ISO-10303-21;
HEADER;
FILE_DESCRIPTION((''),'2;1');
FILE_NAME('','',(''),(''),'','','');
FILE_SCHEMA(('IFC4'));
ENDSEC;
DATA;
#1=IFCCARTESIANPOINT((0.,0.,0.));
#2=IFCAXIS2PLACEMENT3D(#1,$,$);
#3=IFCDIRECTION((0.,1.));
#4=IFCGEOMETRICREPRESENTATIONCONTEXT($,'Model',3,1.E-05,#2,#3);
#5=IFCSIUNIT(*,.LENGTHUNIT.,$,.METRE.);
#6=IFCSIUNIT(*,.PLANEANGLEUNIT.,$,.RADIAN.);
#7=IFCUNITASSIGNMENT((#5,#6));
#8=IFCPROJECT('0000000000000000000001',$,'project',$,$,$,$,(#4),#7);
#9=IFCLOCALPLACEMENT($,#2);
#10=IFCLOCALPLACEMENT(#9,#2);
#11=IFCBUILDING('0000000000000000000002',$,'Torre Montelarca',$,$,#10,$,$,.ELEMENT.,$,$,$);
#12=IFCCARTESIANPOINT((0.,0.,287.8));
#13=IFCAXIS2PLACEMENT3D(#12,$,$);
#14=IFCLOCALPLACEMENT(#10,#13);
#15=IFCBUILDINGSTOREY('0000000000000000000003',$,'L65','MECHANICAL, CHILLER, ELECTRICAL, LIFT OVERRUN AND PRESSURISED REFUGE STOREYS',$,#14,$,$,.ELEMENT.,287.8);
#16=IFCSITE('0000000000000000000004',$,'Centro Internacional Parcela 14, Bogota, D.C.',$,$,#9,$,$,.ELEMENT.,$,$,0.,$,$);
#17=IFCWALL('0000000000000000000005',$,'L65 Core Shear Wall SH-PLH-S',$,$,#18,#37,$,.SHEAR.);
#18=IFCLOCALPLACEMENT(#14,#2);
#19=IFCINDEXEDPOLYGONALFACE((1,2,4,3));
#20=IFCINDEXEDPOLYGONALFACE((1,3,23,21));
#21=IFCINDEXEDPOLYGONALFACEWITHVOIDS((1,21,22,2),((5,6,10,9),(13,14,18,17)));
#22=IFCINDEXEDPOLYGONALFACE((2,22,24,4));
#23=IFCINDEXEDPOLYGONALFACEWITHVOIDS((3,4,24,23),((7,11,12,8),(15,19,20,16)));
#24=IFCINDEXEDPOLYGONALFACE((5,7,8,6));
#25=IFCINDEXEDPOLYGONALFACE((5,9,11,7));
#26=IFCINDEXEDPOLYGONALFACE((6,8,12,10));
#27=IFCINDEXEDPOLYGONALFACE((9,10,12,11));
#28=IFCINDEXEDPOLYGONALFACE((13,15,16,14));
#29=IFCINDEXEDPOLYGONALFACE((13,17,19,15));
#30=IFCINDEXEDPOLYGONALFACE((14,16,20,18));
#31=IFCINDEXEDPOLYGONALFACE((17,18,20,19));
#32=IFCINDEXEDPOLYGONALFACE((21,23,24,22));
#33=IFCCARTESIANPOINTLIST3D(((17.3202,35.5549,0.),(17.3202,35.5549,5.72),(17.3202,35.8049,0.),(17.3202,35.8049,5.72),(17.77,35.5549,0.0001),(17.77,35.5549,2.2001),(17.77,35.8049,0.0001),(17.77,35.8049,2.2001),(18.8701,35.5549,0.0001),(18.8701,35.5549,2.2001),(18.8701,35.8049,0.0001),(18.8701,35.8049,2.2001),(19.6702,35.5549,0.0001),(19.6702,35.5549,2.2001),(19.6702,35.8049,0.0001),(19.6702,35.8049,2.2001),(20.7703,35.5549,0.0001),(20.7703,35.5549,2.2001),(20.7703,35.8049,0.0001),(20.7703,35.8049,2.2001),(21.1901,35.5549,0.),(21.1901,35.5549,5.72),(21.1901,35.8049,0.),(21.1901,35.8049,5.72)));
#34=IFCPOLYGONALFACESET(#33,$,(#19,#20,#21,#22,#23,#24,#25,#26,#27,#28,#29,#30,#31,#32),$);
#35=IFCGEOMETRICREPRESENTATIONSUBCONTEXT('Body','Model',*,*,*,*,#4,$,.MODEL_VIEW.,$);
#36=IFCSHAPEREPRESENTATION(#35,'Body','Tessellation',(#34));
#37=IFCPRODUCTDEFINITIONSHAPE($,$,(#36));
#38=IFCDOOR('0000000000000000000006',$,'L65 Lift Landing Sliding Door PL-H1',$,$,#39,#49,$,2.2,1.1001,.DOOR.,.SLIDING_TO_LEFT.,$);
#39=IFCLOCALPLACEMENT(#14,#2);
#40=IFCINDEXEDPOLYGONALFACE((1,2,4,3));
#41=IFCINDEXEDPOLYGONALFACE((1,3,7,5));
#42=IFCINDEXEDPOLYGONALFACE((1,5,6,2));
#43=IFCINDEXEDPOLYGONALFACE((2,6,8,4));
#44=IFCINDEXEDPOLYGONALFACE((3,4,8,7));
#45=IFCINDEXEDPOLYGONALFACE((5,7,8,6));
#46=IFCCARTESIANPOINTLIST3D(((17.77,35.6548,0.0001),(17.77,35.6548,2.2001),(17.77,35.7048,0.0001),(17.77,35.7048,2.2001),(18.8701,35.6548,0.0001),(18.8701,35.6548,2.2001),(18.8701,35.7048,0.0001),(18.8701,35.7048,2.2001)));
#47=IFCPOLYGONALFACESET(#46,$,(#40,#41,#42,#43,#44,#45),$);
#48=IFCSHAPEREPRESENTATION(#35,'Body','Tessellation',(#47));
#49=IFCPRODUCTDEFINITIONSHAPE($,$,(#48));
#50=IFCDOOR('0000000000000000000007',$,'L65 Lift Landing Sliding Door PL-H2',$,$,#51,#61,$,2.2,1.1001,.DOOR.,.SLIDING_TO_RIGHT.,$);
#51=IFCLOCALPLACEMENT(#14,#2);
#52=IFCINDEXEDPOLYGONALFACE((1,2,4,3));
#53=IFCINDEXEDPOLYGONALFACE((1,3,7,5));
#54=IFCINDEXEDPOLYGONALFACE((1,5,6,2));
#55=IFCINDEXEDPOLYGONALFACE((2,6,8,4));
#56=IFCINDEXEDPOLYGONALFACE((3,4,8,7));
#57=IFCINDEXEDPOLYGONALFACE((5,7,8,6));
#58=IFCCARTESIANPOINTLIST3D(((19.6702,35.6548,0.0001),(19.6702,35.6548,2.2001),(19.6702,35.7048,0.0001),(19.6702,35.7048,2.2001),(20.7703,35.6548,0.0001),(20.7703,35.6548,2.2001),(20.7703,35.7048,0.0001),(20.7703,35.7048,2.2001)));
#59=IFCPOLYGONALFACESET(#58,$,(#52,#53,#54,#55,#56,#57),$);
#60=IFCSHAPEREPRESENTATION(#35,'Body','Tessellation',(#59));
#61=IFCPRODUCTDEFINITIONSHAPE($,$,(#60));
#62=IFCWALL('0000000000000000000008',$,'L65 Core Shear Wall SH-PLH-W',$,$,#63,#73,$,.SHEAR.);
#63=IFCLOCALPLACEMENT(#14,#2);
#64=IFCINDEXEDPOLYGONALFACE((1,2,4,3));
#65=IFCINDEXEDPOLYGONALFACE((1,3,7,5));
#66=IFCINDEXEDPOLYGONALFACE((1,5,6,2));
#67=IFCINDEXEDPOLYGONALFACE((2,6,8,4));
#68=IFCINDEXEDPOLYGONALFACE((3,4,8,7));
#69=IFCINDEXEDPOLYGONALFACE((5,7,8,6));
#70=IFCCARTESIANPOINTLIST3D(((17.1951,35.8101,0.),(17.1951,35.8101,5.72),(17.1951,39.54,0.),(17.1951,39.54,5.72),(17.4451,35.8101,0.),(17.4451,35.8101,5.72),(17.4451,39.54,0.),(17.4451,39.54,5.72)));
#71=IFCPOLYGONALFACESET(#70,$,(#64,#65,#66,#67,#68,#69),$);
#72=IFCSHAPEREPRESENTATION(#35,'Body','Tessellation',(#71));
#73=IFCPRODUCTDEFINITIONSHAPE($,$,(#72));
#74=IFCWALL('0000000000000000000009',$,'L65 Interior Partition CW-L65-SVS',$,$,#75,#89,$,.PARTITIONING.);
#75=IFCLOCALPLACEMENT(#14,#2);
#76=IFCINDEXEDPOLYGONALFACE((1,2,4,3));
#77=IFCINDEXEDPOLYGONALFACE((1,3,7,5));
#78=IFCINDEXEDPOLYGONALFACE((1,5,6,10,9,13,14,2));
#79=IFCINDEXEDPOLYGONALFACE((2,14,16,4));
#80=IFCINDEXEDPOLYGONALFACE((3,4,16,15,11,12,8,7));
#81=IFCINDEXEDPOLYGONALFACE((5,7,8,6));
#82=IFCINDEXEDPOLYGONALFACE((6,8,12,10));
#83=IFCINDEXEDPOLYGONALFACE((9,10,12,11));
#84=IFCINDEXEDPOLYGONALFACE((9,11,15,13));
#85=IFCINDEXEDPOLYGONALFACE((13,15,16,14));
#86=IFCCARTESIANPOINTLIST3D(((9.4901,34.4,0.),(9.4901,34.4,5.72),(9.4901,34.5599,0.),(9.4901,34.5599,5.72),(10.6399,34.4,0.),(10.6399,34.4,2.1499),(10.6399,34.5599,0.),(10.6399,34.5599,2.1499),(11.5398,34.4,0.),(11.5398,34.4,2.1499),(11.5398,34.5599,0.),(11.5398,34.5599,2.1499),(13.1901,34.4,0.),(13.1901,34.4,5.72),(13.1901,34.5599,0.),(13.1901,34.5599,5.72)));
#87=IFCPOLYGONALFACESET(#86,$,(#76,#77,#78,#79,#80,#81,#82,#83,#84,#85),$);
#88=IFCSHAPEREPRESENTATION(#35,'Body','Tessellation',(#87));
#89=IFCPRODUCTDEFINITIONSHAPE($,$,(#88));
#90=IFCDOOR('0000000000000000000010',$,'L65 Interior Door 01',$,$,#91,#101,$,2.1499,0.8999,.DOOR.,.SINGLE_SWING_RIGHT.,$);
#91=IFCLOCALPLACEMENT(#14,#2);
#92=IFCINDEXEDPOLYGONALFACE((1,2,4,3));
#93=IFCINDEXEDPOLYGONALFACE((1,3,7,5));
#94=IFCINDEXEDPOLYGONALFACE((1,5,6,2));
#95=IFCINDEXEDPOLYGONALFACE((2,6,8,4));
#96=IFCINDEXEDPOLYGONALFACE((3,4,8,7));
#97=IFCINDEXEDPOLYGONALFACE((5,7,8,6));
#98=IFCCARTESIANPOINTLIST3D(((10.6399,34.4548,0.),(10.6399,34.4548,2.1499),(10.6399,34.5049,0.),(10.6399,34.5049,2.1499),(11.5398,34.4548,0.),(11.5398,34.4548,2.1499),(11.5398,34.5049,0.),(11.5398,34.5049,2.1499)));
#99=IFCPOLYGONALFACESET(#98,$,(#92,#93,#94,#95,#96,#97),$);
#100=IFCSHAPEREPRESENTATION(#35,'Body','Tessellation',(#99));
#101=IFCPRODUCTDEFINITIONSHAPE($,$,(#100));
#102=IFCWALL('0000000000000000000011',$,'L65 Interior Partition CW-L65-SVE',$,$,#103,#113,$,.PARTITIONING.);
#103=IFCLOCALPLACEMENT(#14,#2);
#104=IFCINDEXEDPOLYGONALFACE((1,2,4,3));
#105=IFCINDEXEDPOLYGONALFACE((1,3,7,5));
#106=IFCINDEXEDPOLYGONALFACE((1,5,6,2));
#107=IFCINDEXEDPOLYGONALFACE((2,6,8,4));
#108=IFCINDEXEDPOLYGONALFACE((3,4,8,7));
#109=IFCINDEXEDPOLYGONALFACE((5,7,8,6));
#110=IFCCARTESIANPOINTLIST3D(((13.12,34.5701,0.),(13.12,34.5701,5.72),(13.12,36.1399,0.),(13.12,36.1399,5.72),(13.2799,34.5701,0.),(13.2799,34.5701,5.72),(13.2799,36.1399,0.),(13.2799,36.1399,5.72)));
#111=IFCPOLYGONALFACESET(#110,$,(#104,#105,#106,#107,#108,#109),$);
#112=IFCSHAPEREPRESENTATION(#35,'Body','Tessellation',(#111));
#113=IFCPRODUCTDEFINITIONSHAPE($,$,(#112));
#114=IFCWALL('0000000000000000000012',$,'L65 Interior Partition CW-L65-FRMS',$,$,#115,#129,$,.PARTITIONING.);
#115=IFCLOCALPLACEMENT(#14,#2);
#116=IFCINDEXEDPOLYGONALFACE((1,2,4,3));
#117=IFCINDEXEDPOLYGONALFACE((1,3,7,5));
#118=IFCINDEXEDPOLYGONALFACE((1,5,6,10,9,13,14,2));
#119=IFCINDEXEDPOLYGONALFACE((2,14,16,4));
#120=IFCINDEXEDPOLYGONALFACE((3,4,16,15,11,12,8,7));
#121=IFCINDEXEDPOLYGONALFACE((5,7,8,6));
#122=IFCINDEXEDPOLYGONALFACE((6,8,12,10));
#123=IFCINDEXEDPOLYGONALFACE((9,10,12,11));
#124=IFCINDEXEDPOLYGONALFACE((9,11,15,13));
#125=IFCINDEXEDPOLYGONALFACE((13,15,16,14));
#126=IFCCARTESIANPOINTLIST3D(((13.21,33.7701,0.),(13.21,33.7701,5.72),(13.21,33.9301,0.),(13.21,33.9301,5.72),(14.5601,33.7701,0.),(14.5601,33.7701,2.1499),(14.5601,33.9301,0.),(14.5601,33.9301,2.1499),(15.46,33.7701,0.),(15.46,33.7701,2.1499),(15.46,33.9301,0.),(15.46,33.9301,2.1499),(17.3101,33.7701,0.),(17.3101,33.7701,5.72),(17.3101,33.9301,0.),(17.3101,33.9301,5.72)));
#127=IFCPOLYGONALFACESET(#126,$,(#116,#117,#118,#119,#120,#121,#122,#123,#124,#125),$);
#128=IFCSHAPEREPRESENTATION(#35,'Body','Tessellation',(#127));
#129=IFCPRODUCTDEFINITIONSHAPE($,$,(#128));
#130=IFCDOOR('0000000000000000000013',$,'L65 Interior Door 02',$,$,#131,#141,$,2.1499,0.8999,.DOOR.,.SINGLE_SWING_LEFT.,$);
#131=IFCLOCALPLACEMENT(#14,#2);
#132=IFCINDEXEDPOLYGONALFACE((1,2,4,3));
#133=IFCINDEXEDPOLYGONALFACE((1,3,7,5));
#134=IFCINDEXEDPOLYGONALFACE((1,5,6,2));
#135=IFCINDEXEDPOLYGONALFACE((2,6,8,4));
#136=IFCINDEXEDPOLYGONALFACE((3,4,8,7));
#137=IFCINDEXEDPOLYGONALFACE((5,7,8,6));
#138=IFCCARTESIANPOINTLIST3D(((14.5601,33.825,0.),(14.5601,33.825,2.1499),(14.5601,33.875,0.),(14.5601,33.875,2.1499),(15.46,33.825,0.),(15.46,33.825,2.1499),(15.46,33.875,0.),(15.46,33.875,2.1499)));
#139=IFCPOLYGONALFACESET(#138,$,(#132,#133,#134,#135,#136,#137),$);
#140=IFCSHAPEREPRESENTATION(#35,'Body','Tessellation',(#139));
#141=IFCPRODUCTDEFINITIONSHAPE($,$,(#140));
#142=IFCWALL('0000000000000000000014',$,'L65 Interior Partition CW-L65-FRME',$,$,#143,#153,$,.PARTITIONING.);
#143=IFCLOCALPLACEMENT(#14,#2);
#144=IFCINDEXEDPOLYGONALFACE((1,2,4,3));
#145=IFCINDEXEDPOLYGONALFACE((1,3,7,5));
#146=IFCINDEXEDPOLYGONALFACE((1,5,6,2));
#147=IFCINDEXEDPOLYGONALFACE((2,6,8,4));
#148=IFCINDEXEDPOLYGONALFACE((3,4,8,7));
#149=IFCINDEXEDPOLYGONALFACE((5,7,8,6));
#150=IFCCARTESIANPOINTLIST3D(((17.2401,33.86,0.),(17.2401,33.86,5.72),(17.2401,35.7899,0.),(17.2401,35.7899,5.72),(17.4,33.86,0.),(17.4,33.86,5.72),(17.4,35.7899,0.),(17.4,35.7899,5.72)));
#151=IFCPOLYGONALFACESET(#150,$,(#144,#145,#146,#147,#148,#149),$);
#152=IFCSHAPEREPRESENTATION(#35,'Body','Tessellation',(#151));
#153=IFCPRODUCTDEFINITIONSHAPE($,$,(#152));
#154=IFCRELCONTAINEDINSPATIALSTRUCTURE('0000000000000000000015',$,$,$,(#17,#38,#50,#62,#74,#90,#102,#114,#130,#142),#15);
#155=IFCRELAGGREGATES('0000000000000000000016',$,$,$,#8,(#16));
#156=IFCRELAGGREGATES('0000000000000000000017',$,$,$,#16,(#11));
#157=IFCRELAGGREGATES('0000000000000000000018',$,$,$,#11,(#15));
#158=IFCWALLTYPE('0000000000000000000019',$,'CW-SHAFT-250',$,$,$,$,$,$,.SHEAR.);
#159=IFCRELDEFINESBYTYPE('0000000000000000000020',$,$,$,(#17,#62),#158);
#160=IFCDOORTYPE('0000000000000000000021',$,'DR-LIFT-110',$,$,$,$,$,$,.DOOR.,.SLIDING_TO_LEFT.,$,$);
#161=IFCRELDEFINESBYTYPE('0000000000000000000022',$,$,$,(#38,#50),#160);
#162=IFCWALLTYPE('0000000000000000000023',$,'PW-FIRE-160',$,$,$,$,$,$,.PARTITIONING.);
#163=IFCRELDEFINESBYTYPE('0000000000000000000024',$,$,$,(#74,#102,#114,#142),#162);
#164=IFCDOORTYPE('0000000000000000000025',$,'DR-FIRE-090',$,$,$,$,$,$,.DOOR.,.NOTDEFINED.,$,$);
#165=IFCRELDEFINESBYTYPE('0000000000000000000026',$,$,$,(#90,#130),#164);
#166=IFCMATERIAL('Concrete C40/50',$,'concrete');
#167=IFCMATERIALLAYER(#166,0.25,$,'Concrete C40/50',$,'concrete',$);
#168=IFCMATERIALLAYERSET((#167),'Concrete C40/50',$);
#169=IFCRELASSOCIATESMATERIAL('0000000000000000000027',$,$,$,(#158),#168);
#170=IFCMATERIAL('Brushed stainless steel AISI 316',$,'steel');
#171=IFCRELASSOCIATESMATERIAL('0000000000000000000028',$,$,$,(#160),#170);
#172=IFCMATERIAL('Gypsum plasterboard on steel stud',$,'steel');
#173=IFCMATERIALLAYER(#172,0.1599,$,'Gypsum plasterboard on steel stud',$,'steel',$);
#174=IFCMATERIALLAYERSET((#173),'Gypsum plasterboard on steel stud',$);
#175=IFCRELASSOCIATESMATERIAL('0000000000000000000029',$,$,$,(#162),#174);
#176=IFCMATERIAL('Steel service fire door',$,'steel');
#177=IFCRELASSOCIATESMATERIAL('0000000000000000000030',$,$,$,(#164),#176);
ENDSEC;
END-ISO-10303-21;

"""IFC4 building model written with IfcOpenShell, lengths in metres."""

from ifc_helpers import new_model, si_unit, direction, frame, frame_2d, origin, place, context, subcontext, project, spatial, rectangle, extrude, source, transform, mapped, material, layer, layer_set, type_object, element, fill, save


model = new_model("IFC4")

# Units and contexts
model_context = context("Model", 3, precision=1e-05, world=origin(), true_north=direction((0.0, 1.0)))
body_context = subcontext(model_context, "Body", "Model", "MODEL_VIEW")
ifc_project = project(units=[si_unit("LENGTHUNIT", "METRE"), si_unit("PLANEANGLEUNIT", "RADIAN")], contexts=[model_context])

# Site, building, storey
site_placement = place(None, origin())
site = spatial("IfcSite", under=ifc_project, at=site_placement, Name="Centro Internacional Parcela 14, Bogota, D.C.", CompositionType="ELEMENT", RefElevation=0.0)
building_placement = place(site_placement, origin())
building = spatial("IfcBuilding", under=site, at=building_placement, Name="Torre Montelarca", CompositionType="ELEMENT")
storey_placement = place(building_placement, frame((0.0, 0.0, 287.8)))
storey = spatial("IfcBuildingStorey", under=building, at=storey_placement, Name="L65", Description="MECHANICAL, CHILLER, ELECTRICAL, LIFT OVERRUN AND PRESSURISED REFUGE STOREYS", CompositionType="ELEMENT", Elevation=287.8)

# Shared definitions
ifc_material_1 = material(Name="Concrete C40/50", Category="concrete")
ifc_layer_1 = layer(ifc_material_1, 0.25, Name="Concrete C40/50", Category="concrete")
ifc_layer_set_1 = layer_set([ifc_layer_1], Name="Concrete C40/50")
wall_type_1 = type_object("IfcWallType", Name="CW-SHAFT-250", PredefinedType="SHEAR", material=ifc_layer_set_1)

# Wall, openings, doors
ifc_material_2 = material(Name="Brushed stainless steel AISI 316", Category="steel")
wall_1_placement = place(storey_placement, frame((17.3201, 35.6799, 0.0), z_axis=(0.0, 0.0, 1.0), x_axis=(1.0, 0.0, 0.0)))
wall_1 = element("IfcWall", 1, at=wall_1_placement, inside=storey, type_object=wall_type_1, Name="L65 Core Shear Wall SH-PLH-S", PredefinedType="SHEAR", context=body_context, shape_type="SweptSolid", body=[
    extrude(rectangle(XDim=3.8699, YDim=0.25, at=frame_2d((1.9351, 0.0))), origin(), (0.0, 0.0, 1.0), 5.72),
])
opening_1_placement = place(wall_1_placement, frame((0.45, 0.0, 0.0)))
opening_1 = element("IfcOpeningElement", 2, at=opening_1_placement, cuts=wall_1, PredefinedType="OPENING", context=body_context, shape_type="SweptSolid", body=[
    extrude(rectangle(XDim=1.1001, YDim=2.2, at=frame_2d((0.55, 1.1001))), frame((0.0, 0.135, 0.0), z_axis=(0.0, -1.0, 0.0), x_axis=(1.0, 0.0, 0.0)), (0.0, 0.0, 1.0), 0.27),
])
opening_2_placement = place(wall_1_placement, frame((2.3501, 0.0, 0.0)))
opening_2 = element("IfcOpeningElement", 3, at=opening_2_placement, cuts=wall_1, PredefinedType="OPENING", context=body_context, shape_type="SweptSolid", body=[
    extrude(rectangle(XDim=1.1001, YDim=2.2, at=frame_2d((0.55, 1.1001))), frame((0.0, 0.135, 0.0), z_axis=(0.0, -1.0, 0.0), x_axis=(1.0, 0.0, 0.0)), (0.0, 0.0, 1.0), 0.27),
])
door_type_1 = type_object("IfcDoorType", Name="DR-LIFT-110", OperationType="SLIDING_TO_LEFT", PredefinedType="DOOR", material=ifc_material_2)
shared_shape_1 = source(origin(), body_context, "Body", "SweptSolid", [
    extrude(rectangle(XDim=1.1001, YDim=2.2, at=frame_2d((0.55, 1.1001))), frame((0.0, 0.0249, 0.0), z_axis=(0.0, -1.0, 0.0), x_axis=(1.0, 0.0, 0.0)), (0.0, 0.0, 1.0), 0.05),
])
door_1_placement = place(opening_1_placement, origin())
door_1 = element("IfcDoor", 4, at=door_1_placement, inside=storey, type_object=door_type_1, Name="L65 Lift Landing Sliding Door PL-H1", OperationType="SLIDING_TO_LEFT", OverallHeight=2.2, OverallWidth=1.1001, PredefinedType="DOOR", context=body_context, shape_type="MappedRepresentation", body=[
    mapped(shared_shape_1, transform((0.0, 0.0, 0.0), scale=1.0)),
])
fill(opening_1, door_1)
door_2_placement = place(opening_2_placement, origin())
door_2 = element("IfcDoor", 5, at=door_2_placement, inside=storey, type_object=door_type_1, Name="L65 Lift Landing Sliding Door PL-H2", OperationType="SLIDING_TO_RIGHT", OverallHeight=2.2, OverallWidth=1.1001, PredefinedType="DOOR", context=body_context, shape_type="MappedRepresentation", body=[
    mapped(shared_shape_1, transform((0.0, 0.0, 0.0), scale=1.0)),
])
fill(opening_2, door_2)

# Wall
wall_2_placement = place(storey_placement, frame((17.3201, 35.8101, 0.0), z_axis=(0.0, 0.0, 1.0), x_axis=(0.0, 1.0, 0.0)))
element("IfcWall", 6, at=wall_2_placement, inside=storey, type_object=wall_type_1, Name="L65 Core Shear Wall SH-PLH-W", PredefinedType="SHEAR", context=body_context, shape_type="SweptSolid", body=[
    extrude(rectangle(XDim=3.73, YDim=0.25, at=frame_2d((1.865, 0.0))), origin(), (0.0, 0.0, 1.0), 5.72),
])

# Wall, opening, door
ifc_material_3 = material(Name="Gypsum plasterboard on steel stud", Category="steel")
ifc_layer_2 = layer(ifc_material_3, 0.1599, Name="Gypsum plasterboard on steel stud", Category="steel")
ifc_layer_set_2 = layer_set([ifc_layer_2], Name="Gypsum plasterboard on steel stud")
wall_type_2 = type_object("IfcWallType", Name="PW-FIRE-160", PredefinedType="PARTITIONING", material=ifc_layer_set_2)
wall_3_placement = place(storey_placement, frame((9.49, 34.48, 0.0), z_axis=(0.0, 0.0, 1.0), x_axis=(1.0, 0.0, 0.0)))
wall_3 = element("IfcWall", 7, at=wall_3_placement, inside=storey, type_object=wall_type_2, Name="L65 Interior Partition CW-L65-SVS", PredefinedType="PARTITIONING", context=body_context, shape_type="SweptSolid", body=[
    extrude(rectangle(XDim=3.7, YDim=0.1599, at=frame_2d((1.8501, 0.0))), origin(), (0.0, 0.0, 1.0), 5.72),
])
opening_3_placement = place(wall_3_placement, frame((1.1499, 0.0, 0.0)))
opening_3 = element("IfcOpeningElement", 8, at=opening_3_placement, cuts=wall_3, PredefinedType="OPENING", context=body_context, shape_type="SweptSolid", body=[
    extrude(rectangle(XDim=0.8999, YDim=2.1499, at=frame_2d((0.45, 1.075))), frame((0.0, 0.0898, 0.0), z_axis=(0.0, -1.0, 0.0), x_axis=(1.0, 0.0, 0.0)), (0.0, 0.0, 1.0), 0.1799),
])
ifc_material_4 = material(Name="Steel service fire door", Category="steel")
door_type_2 = type_object("IfcDoorType", Name="DR-FIRE-090", OperationType="NOTDEFINED", PredefinedType="DOOR", material=ifc_material_4)
shared_shape_2 = source(origin(), body_context, "Body", "SweptSolid", [
    extrude(rectangle(XDim=0.8999, YDim=2.1499, at=frame_2d((0.45, 1.075))), frame((0.0, 0.0249, 0.0), z_axis=(0.0, -1.0, 0.0), x_axis=(1.0, 0.0, 0.0)), (0.0, 0.0, 1.0), 0.05),
])
door_3_placement = place(opening_3_placement, origin())
door_3 = element("IfcDoor", 9, at=door_3_placement, inside=storey, type_object=door_type_2, Name="L65 Interior Door 01", OperationType="SINGLE_SWING_RIGHT", OverallHeight=2.1499, OverallWidth=0.8999, PredefinedType="DOOR", context=body_context, shape_type="MappedRepresentation", body=[
    mapped(shared_shape_2, transform((0.0, 0.0, 0.0), scale=1.0)),
])
fill(opening_3, door_3)

# Wall
wall_4_placement = place(storey_placement, frame((13.2, 34.5701, 0.0), z_axis=(0.0, 0.0, 1.0), x_axis=(0.0, 1.0, 0.0)))
element("IfcWall", 10, at=wall_4_placement, inside=storey, type_object=wall_type_2, Name="L65 Interior Partition CW-L65-SVE", PredefinedType="PARTITIONING", context=body_context, shape_type="SweptSolid", body=[
    extrude(rectangle(XDim=1.5698, YDim=0.1599, at=frame_2d((0.7849, 0.0))), origin(), (0.0, 0.0, 1.0), 5.72),
])

# Wall, opening, door
wall_5_placement = place(storey_placement, frame((13.21, 33.8501, 0.0), z_axis=(0.0, 0.0, 1.0), x_axis=(1.0, 0.0, 0.0)))
wall_5 = element("IfcWall", 11, at=wall_5_placement, inside=storey, type_object=wall_type_2, Name="L65 Interior Partition CW-L65-FRMS", PredefinedType="PARTITIONING", context=body_context, shape_type="SweptSolid", body=[
    extrude(rectangle(XDim=4.1001, YDim=0.1599, at=frame_2d((2.05, 0.0))), origin(), (0.0, 0.0, 1.0), 5.72),
])
opening_4_placement = place(wall_5_placement, frame((1.3501, 0.0, 0.0)))
opening_4 = element("IfcOpeningElement", 12, at=opening_4_placement, cuts=wall_5, PredefinedType="OPENING", context=body_context, shape_type="SweptSolid", body=[
    extrude(rectangle(XDim=0.8999, YDim=2.1499, at=frame_2d((0.45, 1.075))), frame((0.0, 0.0898, 0.0), z_axis=(0.0, -1.0, 0.0), x_axis=(1.0, 0.0, 0.0)), (0.0, 0.0, 1.0), 0.1799),
])
door_4_placement = place(opening_4_placement, origin())
door_4 = element("IfcDoor", 13, at=door_4_placement, inside=storey, type_object=door_type_2, Name="L65 Interior Door 02", OperationType="SINGLE_SWING_LEFT", OverallHeight=2.1499, OverallWidth=0.8999, PredefinedType="DOOR", context=body_context, shape_type="MappedRepresentation", body=[
    mapped(shared_shape_2, transform((0.0, 0.0, 0.0), scale=1.0)),
])
fill(opening_4, door_4)

# Wall
wall_6_placement = place(storey_placement, frame((17.3201, 33.8601, 0.0), z_axis=(0.0, 0.0, 1.0), x_axis=(0.0, 1.0, 0.0)))
element("IfcWall", 14, at=wall_6_placement, inside=storey, type_object=wall_type_2, Name="L65 Interior Partition CW-L65-FRME", PredefinedType="PARTITIONING", context=body_context, shape_type="SweptSolid", body=[
    extrude(rectangle(XDim=1.9299, YDim=0.1599, at=frame_2d((0.9648, 0.0))), origin(), (0.0, 0.0, 1.0), 5.72),
])

save(model, "model.ifc")
